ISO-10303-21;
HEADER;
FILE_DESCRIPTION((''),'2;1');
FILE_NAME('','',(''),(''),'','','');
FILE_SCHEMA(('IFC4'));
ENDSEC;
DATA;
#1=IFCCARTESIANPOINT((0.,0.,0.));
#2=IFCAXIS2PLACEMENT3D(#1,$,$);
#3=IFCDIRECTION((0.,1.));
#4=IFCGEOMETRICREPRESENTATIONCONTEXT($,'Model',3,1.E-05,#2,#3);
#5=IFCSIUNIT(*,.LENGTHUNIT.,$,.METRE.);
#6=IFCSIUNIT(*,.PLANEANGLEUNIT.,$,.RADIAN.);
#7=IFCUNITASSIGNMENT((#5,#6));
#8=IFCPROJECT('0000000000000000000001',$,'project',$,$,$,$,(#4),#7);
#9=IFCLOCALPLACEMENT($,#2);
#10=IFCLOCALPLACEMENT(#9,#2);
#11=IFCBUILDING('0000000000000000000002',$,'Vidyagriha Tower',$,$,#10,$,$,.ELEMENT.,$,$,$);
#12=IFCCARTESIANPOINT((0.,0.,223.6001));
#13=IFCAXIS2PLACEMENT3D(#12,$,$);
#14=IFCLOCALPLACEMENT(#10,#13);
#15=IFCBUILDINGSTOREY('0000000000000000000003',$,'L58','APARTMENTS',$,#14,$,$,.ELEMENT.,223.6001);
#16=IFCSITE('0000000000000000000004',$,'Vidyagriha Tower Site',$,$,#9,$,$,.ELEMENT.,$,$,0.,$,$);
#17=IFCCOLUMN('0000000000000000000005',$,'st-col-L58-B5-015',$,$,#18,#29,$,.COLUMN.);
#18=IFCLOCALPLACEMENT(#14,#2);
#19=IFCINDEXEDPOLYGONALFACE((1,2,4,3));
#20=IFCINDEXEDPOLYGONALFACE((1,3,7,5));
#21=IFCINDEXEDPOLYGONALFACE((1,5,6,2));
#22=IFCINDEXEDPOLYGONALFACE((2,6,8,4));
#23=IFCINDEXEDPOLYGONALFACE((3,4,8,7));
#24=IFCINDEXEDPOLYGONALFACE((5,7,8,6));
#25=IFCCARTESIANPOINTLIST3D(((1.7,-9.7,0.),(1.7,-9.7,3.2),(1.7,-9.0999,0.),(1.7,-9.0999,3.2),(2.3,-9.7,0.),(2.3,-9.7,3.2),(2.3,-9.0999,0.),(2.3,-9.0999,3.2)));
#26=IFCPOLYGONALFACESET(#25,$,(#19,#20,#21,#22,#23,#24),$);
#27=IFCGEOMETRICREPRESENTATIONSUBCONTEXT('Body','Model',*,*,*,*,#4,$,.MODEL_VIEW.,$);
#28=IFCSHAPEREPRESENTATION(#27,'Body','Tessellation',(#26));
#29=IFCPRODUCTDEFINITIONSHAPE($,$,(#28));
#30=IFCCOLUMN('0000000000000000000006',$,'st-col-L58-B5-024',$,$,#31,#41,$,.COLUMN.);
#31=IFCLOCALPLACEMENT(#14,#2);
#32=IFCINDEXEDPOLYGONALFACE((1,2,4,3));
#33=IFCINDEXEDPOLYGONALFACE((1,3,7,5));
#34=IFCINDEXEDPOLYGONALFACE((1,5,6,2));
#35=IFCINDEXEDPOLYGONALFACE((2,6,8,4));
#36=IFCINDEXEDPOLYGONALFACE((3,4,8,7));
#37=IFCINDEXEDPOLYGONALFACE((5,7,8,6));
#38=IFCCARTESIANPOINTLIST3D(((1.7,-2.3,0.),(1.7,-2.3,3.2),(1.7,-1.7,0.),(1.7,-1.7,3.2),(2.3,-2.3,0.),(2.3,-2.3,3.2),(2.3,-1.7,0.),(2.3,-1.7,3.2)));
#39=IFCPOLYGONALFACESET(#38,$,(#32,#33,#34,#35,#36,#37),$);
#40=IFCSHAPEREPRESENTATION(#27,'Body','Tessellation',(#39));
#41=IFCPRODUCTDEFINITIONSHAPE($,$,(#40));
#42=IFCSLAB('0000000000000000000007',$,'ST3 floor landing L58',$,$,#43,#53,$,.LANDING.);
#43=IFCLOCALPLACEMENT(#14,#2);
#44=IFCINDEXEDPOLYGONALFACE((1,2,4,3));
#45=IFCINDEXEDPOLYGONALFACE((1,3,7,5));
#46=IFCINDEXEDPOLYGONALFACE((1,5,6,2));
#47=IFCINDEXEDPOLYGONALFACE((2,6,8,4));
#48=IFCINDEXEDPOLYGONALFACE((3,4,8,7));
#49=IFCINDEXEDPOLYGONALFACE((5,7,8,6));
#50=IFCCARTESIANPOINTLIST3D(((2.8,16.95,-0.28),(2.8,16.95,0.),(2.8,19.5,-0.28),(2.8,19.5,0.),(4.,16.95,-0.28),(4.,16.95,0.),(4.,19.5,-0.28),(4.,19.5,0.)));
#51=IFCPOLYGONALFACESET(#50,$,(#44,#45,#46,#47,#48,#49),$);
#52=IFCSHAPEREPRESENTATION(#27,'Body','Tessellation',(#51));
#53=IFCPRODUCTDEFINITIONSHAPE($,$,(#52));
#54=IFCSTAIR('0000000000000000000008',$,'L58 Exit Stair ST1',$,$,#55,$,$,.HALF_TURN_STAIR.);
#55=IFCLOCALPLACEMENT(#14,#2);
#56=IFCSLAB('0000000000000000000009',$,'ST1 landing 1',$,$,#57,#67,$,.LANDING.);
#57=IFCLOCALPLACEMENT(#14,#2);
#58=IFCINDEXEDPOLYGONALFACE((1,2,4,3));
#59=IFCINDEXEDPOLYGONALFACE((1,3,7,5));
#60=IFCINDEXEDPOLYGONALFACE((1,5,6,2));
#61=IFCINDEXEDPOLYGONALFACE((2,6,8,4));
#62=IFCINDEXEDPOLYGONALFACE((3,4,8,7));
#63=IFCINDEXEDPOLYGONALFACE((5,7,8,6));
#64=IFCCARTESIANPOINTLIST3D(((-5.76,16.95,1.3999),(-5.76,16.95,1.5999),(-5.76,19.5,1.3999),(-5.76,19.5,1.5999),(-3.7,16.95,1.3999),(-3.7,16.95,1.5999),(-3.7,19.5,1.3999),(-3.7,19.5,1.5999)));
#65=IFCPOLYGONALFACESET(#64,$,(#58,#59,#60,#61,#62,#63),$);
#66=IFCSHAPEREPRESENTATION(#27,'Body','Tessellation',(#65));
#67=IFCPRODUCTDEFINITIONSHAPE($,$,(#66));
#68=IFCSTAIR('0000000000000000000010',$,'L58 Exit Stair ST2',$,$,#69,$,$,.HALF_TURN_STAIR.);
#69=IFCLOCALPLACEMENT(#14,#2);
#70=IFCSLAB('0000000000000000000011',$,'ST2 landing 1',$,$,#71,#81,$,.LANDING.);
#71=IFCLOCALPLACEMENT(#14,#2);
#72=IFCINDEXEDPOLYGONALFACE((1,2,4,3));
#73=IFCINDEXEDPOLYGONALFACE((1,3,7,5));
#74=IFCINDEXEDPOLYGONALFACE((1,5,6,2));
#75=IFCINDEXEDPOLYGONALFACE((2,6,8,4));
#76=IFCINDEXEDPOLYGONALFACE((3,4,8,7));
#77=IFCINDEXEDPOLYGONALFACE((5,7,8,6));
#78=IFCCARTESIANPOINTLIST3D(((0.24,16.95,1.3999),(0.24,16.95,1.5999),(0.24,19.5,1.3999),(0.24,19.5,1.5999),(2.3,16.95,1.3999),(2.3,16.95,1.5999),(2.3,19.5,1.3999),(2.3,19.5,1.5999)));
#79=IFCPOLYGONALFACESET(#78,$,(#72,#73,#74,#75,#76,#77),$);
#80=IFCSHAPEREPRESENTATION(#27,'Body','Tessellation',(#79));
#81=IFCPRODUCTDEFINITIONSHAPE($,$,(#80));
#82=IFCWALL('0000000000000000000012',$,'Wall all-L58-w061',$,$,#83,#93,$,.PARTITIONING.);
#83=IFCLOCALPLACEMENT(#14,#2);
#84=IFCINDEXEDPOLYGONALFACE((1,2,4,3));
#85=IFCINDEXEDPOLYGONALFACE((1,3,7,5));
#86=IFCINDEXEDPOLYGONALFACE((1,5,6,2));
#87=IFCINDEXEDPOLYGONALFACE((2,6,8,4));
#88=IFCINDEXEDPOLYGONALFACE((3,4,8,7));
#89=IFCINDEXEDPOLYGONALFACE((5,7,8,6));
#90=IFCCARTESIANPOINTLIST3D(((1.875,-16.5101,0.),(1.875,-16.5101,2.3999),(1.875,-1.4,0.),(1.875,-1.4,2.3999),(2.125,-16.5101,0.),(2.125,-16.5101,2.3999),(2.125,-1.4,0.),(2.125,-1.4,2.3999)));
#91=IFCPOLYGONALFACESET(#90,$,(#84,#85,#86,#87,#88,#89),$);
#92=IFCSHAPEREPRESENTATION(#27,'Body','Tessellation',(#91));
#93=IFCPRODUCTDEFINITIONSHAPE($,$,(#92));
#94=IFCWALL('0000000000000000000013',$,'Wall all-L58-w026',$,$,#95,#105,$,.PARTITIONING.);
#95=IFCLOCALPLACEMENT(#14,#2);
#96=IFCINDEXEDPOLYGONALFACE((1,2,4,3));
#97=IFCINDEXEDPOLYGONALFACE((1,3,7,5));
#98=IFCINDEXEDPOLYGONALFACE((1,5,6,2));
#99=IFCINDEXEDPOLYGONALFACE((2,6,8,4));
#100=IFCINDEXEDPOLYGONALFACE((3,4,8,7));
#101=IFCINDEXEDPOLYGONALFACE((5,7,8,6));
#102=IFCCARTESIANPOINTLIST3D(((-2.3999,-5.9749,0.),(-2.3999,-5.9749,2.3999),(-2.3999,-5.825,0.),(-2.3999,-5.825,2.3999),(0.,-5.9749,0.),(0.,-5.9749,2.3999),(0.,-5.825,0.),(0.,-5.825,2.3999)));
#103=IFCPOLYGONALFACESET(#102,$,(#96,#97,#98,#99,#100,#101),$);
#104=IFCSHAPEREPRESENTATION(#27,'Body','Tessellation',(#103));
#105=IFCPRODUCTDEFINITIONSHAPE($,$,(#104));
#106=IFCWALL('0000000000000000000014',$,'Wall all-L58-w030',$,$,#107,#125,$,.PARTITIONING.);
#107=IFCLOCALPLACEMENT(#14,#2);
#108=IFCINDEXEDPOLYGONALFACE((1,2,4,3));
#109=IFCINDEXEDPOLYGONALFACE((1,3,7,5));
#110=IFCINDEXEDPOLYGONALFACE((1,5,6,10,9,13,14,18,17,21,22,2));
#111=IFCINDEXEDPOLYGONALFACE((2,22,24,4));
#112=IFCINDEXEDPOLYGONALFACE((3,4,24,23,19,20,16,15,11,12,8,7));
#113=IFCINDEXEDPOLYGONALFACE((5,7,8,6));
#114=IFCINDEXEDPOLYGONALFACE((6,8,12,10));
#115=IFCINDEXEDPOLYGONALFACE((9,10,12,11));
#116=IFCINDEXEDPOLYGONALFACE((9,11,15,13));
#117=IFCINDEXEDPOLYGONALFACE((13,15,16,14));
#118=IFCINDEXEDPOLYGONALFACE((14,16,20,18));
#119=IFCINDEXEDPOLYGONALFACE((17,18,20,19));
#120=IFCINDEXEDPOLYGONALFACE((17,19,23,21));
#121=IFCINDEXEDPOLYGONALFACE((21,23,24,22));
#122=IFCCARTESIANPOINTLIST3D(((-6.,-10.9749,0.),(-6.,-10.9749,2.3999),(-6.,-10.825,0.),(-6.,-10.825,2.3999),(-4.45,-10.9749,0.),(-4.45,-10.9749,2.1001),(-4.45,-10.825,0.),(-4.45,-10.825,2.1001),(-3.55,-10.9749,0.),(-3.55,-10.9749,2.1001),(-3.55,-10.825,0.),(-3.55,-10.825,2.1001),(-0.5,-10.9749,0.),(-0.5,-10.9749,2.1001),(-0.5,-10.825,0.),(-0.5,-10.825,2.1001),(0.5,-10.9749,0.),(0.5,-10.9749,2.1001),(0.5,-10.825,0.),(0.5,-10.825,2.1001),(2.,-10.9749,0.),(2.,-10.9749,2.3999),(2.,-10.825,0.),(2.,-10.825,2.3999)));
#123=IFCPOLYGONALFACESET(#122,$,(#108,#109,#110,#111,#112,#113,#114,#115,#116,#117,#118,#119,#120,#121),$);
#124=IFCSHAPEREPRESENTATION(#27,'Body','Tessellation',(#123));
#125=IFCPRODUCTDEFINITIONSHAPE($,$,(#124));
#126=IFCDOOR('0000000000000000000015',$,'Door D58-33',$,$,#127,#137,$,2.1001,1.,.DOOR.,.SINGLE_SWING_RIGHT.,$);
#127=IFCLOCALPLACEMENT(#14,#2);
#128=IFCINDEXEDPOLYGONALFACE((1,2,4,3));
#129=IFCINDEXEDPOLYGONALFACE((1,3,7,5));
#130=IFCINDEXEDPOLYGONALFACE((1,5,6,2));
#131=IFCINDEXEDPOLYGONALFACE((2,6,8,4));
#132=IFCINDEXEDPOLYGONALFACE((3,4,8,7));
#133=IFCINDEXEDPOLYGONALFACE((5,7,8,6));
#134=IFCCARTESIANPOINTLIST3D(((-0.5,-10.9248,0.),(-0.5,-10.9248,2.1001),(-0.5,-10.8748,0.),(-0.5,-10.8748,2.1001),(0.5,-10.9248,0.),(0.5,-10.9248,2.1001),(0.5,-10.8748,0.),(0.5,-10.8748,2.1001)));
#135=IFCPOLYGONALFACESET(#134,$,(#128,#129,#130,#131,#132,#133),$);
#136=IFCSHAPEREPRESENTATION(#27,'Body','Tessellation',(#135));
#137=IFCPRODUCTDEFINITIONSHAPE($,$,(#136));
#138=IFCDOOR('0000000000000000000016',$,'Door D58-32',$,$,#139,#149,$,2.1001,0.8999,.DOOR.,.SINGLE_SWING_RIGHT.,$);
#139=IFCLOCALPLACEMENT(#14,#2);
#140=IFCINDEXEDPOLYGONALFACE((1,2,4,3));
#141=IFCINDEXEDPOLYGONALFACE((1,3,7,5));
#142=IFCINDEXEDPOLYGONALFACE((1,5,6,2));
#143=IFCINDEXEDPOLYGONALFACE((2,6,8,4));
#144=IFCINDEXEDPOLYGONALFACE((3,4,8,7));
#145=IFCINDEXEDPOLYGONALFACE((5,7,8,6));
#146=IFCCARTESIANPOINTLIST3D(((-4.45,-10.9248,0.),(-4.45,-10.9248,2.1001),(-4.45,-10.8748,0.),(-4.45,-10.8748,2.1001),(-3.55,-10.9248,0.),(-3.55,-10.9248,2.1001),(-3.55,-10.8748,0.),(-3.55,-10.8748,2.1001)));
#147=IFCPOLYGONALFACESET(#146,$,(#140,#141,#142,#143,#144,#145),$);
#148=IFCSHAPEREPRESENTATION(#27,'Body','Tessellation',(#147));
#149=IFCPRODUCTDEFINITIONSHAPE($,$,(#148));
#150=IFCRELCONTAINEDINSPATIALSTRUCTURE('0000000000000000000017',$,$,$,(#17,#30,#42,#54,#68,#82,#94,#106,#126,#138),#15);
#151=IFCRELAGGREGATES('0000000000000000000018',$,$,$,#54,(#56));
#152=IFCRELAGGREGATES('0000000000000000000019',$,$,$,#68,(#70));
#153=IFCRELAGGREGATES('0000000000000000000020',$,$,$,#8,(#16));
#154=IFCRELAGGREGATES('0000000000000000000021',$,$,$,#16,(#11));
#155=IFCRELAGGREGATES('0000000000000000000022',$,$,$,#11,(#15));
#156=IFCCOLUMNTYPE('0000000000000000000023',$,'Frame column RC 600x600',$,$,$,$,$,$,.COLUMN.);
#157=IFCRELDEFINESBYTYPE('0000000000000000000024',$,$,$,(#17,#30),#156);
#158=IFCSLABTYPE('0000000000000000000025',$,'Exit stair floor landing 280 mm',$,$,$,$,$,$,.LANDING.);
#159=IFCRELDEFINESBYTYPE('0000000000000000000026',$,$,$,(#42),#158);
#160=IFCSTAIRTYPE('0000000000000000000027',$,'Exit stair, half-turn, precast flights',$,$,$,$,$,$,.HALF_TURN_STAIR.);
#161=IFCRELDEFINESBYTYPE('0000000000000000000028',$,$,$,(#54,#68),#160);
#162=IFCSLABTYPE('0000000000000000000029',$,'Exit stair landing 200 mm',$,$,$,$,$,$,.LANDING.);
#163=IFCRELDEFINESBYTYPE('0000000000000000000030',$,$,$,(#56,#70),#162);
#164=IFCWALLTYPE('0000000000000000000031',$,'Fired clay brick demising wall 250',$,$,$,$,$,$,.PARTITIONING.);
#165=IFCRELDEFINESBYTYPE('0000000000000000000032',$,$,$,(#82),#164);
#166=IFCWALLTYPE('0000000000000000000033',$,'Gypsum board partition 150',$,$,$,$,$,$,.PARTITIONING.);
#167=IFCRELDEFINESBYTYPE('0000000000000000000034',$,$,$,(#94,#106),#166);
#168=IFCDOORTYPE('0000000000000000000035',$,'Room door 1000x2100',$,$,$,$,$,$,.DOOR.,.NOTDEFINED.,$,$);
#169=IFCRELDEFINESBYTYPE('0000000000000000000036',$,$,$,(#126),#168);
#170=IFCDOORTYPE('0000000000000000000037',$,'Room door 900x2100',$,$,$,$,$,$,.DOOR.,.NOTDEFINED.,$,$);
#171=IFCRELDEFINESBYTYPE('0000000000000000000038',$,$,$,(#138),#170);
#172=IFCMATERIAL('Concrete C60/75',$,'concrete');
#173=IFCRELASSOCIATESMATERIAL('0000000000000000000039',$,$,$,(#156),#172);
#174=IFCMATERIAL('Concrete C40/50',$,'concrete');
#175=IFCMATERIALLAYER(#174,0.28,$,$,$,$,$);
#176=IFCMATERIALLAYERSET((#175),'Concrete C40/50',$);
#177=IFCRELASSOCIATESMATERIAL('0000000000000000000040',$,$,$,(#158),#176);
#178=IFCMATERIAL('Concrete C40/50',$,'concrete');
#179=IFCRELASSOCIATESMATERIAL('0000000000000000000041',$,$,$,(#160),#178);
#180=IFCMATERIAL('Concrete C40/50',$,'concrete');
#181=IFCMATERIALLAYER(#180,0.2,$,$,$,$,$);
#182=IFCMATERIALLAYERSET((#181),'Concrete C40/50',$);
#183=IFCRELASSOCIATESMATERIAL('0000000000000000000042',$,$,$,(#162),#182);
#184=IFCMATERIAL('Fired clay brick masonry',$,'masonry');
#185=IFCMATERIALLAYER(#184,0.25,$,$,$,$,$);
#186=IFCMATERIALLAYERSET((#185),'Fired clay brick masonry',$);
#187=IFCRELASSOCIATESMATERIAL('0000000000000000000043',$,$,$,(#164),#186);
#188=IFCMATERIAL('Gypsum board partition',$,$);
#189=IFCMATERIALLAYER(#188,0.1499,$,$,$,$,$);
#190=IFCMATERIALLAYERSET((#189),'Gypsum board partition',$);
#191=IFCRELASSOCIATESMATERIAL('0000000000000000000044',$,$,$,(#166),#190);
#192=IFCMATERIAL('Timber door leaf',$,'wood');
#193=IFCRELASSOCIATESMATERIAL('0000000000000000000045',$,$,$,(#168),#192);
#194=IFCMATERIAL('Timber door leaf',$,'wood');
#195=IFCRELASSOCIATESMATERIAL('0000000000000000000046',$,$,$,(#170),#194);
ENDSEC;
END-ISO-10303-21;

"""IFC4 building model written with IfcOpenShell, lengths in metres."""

from ifc_helpers import new_model, si_unit, direction, frame, frame_2d, origin, origin_2d, place, context, subcontext, project, spatial, polyline, rectangle, outline, extrude, material, layer, layer_set, material_profile, profile_set, type_object, element, fill, aggregate, save


model = new_model("IFC4")

# Units and contexts
model_context = context("Model", 3, precision=1e-05, world=origin(), true_north=direction((0.0, 1.0)))
body_context = subcontext(model_context, "Body", "Model", "MODEL_VIEW")
ifc_project = project(units=[si_unit("LENGTHUNIT", "METRE"), si_unit("PLANEANGLEUNIT", "RADIAN")], contexts=[model_context])

# Site, building, storey
site_placement = place(None, origin())
site = spatial("IfcSite", under=ifc_project, at=site_placement, Name="Vidyagriha Tower Site", CompositionType="ELEMENT", RefElevation=0.0)
building_placement = place(site_placement, origin())
building = spatial("IfcBuilding", under=site, at=building_placement, Name="Vidyagriha Tower", CompositionType="ELEMENT")
storey_placement = place(building_placement, frame((0.0, 0.0, 223.6001)))
storey = spatial("IfcBuildingStorey", under=building, at=storey_placement, Name="L58", Description="APARTMENTS", CompositionType="ELEMENT", Elevation=223.6001)

# Columns
ifc_material_1 = material(Name="Concrete C60/75", Category="concrete")
ifc_material_profile = material_profile(ifc_material_1, rectangle(XDim=0.6001, YDim=0.6001, at=origin_2d()), Name="RC 600x600")
ifc_profile_set = profile_set([ifc_material_profile], Name="Concrete C60/75")
column_type = type_object("IfcColumnType", Name="Frame column RC 600x600", PredefinedType="COLUMN", material=ifc_profile_set)
for number, where, name in (
    (1, (2.0, -9.3999, 0.0), "st-col-L58-B5-015"),
    (2, (2.0, -2.0, 0.0), "st-col-L58-B5-024"),
):
    element("IfcColumn", number, at=place(storey_placement, frame(where)), inside=storey, type_object=column_type, Name=name, PredefinedType="COLUMN", context=body_context, shape_type="SweptSolid", body=[
        extrude(rectangle(XDim=0.6001, YDim=0.6001, at=origin_2d()), origin(), (0.0, 0.0, 1.0), 3.2),
    ])

# Slab
ifc_material_2 = material(Name="Concrete C40/50", Category="concrete")
ifc_layer_1 = layer(ifc_material_2, 0.28)
ifc_layer_set_1 = layer_set([ifc_layer_1], Name="Concrete C40/50")
slab_type_1 = type_object("IfcSlabType", Name="Exit stair floor landing 280 mm", PredefinedType="LANDING", material=ifc_layer_set_1)
slab_1_placement = place(storey_placement, frame((0.0, 0.0, -0.28)))
element("IfcSlab", 3, at=slab_1_placement, inside=storey, type_object=slab_type_1, Name="ST3 floor landing L58", PredefinedType="LANDING", context=body_context, shape_type="SweptSolid", body=[
    extrude(outline(polyline([(2.8, 16.95), (4.0, 16.95), (4.0, 19.5), (2.8, 19.5), (2.8, 16.95)])), origin(), (0.0, 0.0, 1.0), 0.28),
])

# Stairs, slabs
ifc_material_3 = material(Name="Concrete C40/50", Category="concrete")
stair_type = type_object("IfcStairType", Name="Exit stair, half-turn, precast flights", PredefinedType="HALF_TURN_STAIR", material=ifc_material_3)
stair_1_placement = place(storey_placement, origin())
stair_1 = element("IfcStair", 4, at=stair_1_placement, inside=storey, type_object=stair_type, Name="L58 Exit Stair ST1", PredefinedType="HALF_TURN_STAIR")
ifc_material_4 = material(Name="Concrete C40/50", Category="concrete")
ifc_layer_2 = layer(ifc_material_4, 0.2)
ifc_layer_set_2 = layer_set([ifc_layer_2], Name="Concrete C40/50")
slab_type_2 = type_object("IfcSlabType", Name="Exit stair landing 200 mm", PredefinedType="LANDING", material=ifc_layer_set_2)
slab_2_placement = place(storey_placement, frame((0.0, 0.0, 1.3999)))
slab_2 = element("IfcSlab", 5, at=slab_2_placement, type_object=slab_type_2, Name="ST1 landing 1", PredefinedType="LANDING", context=body_context, shape_type="SweptSolid", body=[
    extrude(outline(polyline([(-5.76, 16.95), (-3.7, 16.95), (-3.7, 19.5), (-5.76, 19.5), (-5.76, 16.95)])), origin(), (0.0, 0.0, 1.0), 0.2),
])
aggregate(stair_1, [slab_2])
stair_2_placement = place(storey_placement, origin())
stair_2 = element("IfcStair", 6, at=stair_2_placement, inside=storey, type_object=stair_type, Name="L58 Exit Stair ST2", PredefinedType="HALF_TURN_STAIR")
slab_3_placement = place(storey_placement, frame((0.0, 0.0, 1.3999)))
slab_3 = element("IfcSlab", 7, at=slab_3_placement, type_object=slab_type_2, Name="ST2 landing 1", PredefinedType="LANDING", context=body_context, shape_type="SweptSolid", body=[
    extrude(outline(polyline([(0.24, 16.95), (2.3, 16.95), (2.3, 19.5), (0.24, 19.5), (0.24, 16.95)])), origin(), (0.0, 0.0, 1.0), 0.2),
])
aggregate(stair_2, [slab_3])

# Walls
ifc_material_5 = material(Name="Fired clay brick masonry", Category="masonry")
ifc_layer_3 = layer(ifc_material_5, 0.25)
ifc_layer_set_3 = layer_set([ifc_layer_3], Name="Fired clay brick masonry")
wall_type_1 = type_object("IfcWallType", Name="Fired clay brick demising wall 250", PredefinedType="PARTITIONING", material=ifc_layer_set_3)
wall_1_placement = place(storey_placement, frame((2.0, -1.3999, 0.0), z_axis=(0.0, 0.0, 1.0), x_axis=(0.0, -1.0, 0.0)))
element("IfcWall", 8, at=wall_1_placement, inside=storey, type_object=wall_type_1, Name="Wall all-L58-w061", PredefinedType="PARTITIONING", context=body_context, shape_type="SweptSolid", body=[
    extrude(rectangle(XDim=15.1101, YDim=0.25, at=frame_2d((7.5552, 0.0))), origin(), (0.0, 0.0, 1.0), 2.3999),
])
ifc_material_6 = material(Name="Gypsum board partition")
ifc_layer_4 = layer(ifc_material_6, 0.1499)
ifc_layer_set_4 = layer_set([ifc_layer_4], Name="Gypsum board partition")
wall_type_2 = type_object("IfcWallType", Name="Gypsum board partition 150", PredefinedType="PARTITIONING", material=ifc_layer_set_4)
wall_2_placement = place(storey_placement, frame((0.0, -5.8999, 0.0), z_axis=(0.0, 0.0, 1.0), x_axis=(-1.0, 0.0, 0.0)))
element("IfcWall", 9, at=wall_2_placement, inside=storey, type_object=wall_type_2, Name="Wall all-L58-w026", PredefinedType="PARTITIONING", context=body_context, shape_type="SweptSolid", body=[
    extrude(rectangle(XDim=2.3999, YDim=0.1499, at=frame_2d((1.2, 0.0))), origin(), (0.0, 0.0, 1.0), 2.3999),
])

# Wall, openings, doors
wall_3_placement = place(storey_placement, frame((2.0, -10.8999, 0.0), z_axis=(0.0, 0.0, 1.0), x_axis=(-1.0, 0.0, 0.0)))
wall_3 = element("IfcWall", 10, at=wall_3_placement, inside=storey, type_object=wall_type_2, Name="Wall all-L58-w030", PredefinedType="PARTITIONING", context=body_context, shape_type="SweptSolid", body=[
    extrude(rectangle(XDim=8.0, YDim=0.1499, at=frame_2d((4.0, 0.0))), origin(), (0.0, 0.0, 1.0), 2.3999),
])
opening_1_placement = place(wall_3_placement, frame((5.55, 0.0, 0.0)))
opening_1 = element("IfcOpeningElement", 11, at=opening_1_placement, cuts=wall_3, PredefinedType="OPENING", context=body_context, shape_type="SweptSolid", body=[
    extrude(rectangle(XDim=0.8999, YDim=2.1001, at=frame_2d((0.45, 1.05))), frame((0.0, 0.085, 0.0), z_axis=(0.0, -1.0, 0.0), x_axis=(1.0, 0.0, 0.0)), (0.0, 0.0, 1.0), 0.1699),
])
opening_2_placement = place(wall_3_placement, frame((1.5, 0.0, 0.0)))
opening_2 = element("IfcOpeningElement", 12, at=opening_2_placement, cuts=wall_3, PredefinedType="OPENING", context=body_context, shape_type="SweptSolid", body=[
    extrude(rectangle(XDim=1.0, YDim=2.1001, at=frame_2d((0.5, 1.05))), frame((0.0, 0.085, 0.0), z_axis=(0.0, -1.0, 0.0), x_axis=(1.0, 0.0, 0.0)), (0.0, 0.0, 1.0), 0.1699),
])
ifc_material_7 = material(Name="Timber door leaf", Category="wood")
door_type_1 = type_object("IfcDoorType", Name="Room door 1000x2100", OperationType="NOTDEFINED", PredefinedType="DOOR", material=ifc_material_7)
door_1_placement = place(opening_2_placement, origin())
door_1 = element("IfcDoor", 13, at=door_1_placement, inside=storey, type_object=door_type_1, Name="Door D58-33", OperationType="SINGLE_SWING_RIGHT", OverallHeight=2.1001, OverallWidth=1.0, PredefinedType="DOOR", context=body_context, shape_type="SweptSolid", body=[
    extrude(rectangle(XDim=1.0, YDim=2.1001, at=frame_2d((0.5, 1.05))), frame((0.0, 0.0249, 0.0), z_axis=(0.0, -1.0, 0.0), x_axis=(1.0, 0.0, 0.0)), (0.0, 0.0, 1.0), 0.05),
])
fill(opening_2, door_1)
ifc_material_8 = material(Name="Timber door leaf", Category="wood")
door_type_2 = type_object("IfcDoorType", Name="Room door 900x2100", OperationType="NOTDEFINED", PredefinedType="DOOR", material=ifc_material_8)
door_2_placement = place(opening_1_placement, origin())
door_2 = element("IfcDoor", 14, at=door_2_placement, inside=storey, type_object=door_type_2, Name="Door D58-32", OperationType="SINGLE_SWING_RIGHT", OverallHeight=2.1001, OverallWidth=0.8999, PredefinedType="DOOR", context=body_context, shape_type="SweptSolid", body=[
    extrude(rectangle(XDim=0.8999, YDim=2.1001, at=frame_2d((0.45, 1.05))), frame((0.0, 0.0249, 0.0), z_axis=(0.0, -1.0, 0.0), x_axis=(1.0, 0.0, 0.0)), (0.0, 0.0, 1.0), 0.05),
])
fill(opening_1, door_2)

save(model, "model.ifc")
